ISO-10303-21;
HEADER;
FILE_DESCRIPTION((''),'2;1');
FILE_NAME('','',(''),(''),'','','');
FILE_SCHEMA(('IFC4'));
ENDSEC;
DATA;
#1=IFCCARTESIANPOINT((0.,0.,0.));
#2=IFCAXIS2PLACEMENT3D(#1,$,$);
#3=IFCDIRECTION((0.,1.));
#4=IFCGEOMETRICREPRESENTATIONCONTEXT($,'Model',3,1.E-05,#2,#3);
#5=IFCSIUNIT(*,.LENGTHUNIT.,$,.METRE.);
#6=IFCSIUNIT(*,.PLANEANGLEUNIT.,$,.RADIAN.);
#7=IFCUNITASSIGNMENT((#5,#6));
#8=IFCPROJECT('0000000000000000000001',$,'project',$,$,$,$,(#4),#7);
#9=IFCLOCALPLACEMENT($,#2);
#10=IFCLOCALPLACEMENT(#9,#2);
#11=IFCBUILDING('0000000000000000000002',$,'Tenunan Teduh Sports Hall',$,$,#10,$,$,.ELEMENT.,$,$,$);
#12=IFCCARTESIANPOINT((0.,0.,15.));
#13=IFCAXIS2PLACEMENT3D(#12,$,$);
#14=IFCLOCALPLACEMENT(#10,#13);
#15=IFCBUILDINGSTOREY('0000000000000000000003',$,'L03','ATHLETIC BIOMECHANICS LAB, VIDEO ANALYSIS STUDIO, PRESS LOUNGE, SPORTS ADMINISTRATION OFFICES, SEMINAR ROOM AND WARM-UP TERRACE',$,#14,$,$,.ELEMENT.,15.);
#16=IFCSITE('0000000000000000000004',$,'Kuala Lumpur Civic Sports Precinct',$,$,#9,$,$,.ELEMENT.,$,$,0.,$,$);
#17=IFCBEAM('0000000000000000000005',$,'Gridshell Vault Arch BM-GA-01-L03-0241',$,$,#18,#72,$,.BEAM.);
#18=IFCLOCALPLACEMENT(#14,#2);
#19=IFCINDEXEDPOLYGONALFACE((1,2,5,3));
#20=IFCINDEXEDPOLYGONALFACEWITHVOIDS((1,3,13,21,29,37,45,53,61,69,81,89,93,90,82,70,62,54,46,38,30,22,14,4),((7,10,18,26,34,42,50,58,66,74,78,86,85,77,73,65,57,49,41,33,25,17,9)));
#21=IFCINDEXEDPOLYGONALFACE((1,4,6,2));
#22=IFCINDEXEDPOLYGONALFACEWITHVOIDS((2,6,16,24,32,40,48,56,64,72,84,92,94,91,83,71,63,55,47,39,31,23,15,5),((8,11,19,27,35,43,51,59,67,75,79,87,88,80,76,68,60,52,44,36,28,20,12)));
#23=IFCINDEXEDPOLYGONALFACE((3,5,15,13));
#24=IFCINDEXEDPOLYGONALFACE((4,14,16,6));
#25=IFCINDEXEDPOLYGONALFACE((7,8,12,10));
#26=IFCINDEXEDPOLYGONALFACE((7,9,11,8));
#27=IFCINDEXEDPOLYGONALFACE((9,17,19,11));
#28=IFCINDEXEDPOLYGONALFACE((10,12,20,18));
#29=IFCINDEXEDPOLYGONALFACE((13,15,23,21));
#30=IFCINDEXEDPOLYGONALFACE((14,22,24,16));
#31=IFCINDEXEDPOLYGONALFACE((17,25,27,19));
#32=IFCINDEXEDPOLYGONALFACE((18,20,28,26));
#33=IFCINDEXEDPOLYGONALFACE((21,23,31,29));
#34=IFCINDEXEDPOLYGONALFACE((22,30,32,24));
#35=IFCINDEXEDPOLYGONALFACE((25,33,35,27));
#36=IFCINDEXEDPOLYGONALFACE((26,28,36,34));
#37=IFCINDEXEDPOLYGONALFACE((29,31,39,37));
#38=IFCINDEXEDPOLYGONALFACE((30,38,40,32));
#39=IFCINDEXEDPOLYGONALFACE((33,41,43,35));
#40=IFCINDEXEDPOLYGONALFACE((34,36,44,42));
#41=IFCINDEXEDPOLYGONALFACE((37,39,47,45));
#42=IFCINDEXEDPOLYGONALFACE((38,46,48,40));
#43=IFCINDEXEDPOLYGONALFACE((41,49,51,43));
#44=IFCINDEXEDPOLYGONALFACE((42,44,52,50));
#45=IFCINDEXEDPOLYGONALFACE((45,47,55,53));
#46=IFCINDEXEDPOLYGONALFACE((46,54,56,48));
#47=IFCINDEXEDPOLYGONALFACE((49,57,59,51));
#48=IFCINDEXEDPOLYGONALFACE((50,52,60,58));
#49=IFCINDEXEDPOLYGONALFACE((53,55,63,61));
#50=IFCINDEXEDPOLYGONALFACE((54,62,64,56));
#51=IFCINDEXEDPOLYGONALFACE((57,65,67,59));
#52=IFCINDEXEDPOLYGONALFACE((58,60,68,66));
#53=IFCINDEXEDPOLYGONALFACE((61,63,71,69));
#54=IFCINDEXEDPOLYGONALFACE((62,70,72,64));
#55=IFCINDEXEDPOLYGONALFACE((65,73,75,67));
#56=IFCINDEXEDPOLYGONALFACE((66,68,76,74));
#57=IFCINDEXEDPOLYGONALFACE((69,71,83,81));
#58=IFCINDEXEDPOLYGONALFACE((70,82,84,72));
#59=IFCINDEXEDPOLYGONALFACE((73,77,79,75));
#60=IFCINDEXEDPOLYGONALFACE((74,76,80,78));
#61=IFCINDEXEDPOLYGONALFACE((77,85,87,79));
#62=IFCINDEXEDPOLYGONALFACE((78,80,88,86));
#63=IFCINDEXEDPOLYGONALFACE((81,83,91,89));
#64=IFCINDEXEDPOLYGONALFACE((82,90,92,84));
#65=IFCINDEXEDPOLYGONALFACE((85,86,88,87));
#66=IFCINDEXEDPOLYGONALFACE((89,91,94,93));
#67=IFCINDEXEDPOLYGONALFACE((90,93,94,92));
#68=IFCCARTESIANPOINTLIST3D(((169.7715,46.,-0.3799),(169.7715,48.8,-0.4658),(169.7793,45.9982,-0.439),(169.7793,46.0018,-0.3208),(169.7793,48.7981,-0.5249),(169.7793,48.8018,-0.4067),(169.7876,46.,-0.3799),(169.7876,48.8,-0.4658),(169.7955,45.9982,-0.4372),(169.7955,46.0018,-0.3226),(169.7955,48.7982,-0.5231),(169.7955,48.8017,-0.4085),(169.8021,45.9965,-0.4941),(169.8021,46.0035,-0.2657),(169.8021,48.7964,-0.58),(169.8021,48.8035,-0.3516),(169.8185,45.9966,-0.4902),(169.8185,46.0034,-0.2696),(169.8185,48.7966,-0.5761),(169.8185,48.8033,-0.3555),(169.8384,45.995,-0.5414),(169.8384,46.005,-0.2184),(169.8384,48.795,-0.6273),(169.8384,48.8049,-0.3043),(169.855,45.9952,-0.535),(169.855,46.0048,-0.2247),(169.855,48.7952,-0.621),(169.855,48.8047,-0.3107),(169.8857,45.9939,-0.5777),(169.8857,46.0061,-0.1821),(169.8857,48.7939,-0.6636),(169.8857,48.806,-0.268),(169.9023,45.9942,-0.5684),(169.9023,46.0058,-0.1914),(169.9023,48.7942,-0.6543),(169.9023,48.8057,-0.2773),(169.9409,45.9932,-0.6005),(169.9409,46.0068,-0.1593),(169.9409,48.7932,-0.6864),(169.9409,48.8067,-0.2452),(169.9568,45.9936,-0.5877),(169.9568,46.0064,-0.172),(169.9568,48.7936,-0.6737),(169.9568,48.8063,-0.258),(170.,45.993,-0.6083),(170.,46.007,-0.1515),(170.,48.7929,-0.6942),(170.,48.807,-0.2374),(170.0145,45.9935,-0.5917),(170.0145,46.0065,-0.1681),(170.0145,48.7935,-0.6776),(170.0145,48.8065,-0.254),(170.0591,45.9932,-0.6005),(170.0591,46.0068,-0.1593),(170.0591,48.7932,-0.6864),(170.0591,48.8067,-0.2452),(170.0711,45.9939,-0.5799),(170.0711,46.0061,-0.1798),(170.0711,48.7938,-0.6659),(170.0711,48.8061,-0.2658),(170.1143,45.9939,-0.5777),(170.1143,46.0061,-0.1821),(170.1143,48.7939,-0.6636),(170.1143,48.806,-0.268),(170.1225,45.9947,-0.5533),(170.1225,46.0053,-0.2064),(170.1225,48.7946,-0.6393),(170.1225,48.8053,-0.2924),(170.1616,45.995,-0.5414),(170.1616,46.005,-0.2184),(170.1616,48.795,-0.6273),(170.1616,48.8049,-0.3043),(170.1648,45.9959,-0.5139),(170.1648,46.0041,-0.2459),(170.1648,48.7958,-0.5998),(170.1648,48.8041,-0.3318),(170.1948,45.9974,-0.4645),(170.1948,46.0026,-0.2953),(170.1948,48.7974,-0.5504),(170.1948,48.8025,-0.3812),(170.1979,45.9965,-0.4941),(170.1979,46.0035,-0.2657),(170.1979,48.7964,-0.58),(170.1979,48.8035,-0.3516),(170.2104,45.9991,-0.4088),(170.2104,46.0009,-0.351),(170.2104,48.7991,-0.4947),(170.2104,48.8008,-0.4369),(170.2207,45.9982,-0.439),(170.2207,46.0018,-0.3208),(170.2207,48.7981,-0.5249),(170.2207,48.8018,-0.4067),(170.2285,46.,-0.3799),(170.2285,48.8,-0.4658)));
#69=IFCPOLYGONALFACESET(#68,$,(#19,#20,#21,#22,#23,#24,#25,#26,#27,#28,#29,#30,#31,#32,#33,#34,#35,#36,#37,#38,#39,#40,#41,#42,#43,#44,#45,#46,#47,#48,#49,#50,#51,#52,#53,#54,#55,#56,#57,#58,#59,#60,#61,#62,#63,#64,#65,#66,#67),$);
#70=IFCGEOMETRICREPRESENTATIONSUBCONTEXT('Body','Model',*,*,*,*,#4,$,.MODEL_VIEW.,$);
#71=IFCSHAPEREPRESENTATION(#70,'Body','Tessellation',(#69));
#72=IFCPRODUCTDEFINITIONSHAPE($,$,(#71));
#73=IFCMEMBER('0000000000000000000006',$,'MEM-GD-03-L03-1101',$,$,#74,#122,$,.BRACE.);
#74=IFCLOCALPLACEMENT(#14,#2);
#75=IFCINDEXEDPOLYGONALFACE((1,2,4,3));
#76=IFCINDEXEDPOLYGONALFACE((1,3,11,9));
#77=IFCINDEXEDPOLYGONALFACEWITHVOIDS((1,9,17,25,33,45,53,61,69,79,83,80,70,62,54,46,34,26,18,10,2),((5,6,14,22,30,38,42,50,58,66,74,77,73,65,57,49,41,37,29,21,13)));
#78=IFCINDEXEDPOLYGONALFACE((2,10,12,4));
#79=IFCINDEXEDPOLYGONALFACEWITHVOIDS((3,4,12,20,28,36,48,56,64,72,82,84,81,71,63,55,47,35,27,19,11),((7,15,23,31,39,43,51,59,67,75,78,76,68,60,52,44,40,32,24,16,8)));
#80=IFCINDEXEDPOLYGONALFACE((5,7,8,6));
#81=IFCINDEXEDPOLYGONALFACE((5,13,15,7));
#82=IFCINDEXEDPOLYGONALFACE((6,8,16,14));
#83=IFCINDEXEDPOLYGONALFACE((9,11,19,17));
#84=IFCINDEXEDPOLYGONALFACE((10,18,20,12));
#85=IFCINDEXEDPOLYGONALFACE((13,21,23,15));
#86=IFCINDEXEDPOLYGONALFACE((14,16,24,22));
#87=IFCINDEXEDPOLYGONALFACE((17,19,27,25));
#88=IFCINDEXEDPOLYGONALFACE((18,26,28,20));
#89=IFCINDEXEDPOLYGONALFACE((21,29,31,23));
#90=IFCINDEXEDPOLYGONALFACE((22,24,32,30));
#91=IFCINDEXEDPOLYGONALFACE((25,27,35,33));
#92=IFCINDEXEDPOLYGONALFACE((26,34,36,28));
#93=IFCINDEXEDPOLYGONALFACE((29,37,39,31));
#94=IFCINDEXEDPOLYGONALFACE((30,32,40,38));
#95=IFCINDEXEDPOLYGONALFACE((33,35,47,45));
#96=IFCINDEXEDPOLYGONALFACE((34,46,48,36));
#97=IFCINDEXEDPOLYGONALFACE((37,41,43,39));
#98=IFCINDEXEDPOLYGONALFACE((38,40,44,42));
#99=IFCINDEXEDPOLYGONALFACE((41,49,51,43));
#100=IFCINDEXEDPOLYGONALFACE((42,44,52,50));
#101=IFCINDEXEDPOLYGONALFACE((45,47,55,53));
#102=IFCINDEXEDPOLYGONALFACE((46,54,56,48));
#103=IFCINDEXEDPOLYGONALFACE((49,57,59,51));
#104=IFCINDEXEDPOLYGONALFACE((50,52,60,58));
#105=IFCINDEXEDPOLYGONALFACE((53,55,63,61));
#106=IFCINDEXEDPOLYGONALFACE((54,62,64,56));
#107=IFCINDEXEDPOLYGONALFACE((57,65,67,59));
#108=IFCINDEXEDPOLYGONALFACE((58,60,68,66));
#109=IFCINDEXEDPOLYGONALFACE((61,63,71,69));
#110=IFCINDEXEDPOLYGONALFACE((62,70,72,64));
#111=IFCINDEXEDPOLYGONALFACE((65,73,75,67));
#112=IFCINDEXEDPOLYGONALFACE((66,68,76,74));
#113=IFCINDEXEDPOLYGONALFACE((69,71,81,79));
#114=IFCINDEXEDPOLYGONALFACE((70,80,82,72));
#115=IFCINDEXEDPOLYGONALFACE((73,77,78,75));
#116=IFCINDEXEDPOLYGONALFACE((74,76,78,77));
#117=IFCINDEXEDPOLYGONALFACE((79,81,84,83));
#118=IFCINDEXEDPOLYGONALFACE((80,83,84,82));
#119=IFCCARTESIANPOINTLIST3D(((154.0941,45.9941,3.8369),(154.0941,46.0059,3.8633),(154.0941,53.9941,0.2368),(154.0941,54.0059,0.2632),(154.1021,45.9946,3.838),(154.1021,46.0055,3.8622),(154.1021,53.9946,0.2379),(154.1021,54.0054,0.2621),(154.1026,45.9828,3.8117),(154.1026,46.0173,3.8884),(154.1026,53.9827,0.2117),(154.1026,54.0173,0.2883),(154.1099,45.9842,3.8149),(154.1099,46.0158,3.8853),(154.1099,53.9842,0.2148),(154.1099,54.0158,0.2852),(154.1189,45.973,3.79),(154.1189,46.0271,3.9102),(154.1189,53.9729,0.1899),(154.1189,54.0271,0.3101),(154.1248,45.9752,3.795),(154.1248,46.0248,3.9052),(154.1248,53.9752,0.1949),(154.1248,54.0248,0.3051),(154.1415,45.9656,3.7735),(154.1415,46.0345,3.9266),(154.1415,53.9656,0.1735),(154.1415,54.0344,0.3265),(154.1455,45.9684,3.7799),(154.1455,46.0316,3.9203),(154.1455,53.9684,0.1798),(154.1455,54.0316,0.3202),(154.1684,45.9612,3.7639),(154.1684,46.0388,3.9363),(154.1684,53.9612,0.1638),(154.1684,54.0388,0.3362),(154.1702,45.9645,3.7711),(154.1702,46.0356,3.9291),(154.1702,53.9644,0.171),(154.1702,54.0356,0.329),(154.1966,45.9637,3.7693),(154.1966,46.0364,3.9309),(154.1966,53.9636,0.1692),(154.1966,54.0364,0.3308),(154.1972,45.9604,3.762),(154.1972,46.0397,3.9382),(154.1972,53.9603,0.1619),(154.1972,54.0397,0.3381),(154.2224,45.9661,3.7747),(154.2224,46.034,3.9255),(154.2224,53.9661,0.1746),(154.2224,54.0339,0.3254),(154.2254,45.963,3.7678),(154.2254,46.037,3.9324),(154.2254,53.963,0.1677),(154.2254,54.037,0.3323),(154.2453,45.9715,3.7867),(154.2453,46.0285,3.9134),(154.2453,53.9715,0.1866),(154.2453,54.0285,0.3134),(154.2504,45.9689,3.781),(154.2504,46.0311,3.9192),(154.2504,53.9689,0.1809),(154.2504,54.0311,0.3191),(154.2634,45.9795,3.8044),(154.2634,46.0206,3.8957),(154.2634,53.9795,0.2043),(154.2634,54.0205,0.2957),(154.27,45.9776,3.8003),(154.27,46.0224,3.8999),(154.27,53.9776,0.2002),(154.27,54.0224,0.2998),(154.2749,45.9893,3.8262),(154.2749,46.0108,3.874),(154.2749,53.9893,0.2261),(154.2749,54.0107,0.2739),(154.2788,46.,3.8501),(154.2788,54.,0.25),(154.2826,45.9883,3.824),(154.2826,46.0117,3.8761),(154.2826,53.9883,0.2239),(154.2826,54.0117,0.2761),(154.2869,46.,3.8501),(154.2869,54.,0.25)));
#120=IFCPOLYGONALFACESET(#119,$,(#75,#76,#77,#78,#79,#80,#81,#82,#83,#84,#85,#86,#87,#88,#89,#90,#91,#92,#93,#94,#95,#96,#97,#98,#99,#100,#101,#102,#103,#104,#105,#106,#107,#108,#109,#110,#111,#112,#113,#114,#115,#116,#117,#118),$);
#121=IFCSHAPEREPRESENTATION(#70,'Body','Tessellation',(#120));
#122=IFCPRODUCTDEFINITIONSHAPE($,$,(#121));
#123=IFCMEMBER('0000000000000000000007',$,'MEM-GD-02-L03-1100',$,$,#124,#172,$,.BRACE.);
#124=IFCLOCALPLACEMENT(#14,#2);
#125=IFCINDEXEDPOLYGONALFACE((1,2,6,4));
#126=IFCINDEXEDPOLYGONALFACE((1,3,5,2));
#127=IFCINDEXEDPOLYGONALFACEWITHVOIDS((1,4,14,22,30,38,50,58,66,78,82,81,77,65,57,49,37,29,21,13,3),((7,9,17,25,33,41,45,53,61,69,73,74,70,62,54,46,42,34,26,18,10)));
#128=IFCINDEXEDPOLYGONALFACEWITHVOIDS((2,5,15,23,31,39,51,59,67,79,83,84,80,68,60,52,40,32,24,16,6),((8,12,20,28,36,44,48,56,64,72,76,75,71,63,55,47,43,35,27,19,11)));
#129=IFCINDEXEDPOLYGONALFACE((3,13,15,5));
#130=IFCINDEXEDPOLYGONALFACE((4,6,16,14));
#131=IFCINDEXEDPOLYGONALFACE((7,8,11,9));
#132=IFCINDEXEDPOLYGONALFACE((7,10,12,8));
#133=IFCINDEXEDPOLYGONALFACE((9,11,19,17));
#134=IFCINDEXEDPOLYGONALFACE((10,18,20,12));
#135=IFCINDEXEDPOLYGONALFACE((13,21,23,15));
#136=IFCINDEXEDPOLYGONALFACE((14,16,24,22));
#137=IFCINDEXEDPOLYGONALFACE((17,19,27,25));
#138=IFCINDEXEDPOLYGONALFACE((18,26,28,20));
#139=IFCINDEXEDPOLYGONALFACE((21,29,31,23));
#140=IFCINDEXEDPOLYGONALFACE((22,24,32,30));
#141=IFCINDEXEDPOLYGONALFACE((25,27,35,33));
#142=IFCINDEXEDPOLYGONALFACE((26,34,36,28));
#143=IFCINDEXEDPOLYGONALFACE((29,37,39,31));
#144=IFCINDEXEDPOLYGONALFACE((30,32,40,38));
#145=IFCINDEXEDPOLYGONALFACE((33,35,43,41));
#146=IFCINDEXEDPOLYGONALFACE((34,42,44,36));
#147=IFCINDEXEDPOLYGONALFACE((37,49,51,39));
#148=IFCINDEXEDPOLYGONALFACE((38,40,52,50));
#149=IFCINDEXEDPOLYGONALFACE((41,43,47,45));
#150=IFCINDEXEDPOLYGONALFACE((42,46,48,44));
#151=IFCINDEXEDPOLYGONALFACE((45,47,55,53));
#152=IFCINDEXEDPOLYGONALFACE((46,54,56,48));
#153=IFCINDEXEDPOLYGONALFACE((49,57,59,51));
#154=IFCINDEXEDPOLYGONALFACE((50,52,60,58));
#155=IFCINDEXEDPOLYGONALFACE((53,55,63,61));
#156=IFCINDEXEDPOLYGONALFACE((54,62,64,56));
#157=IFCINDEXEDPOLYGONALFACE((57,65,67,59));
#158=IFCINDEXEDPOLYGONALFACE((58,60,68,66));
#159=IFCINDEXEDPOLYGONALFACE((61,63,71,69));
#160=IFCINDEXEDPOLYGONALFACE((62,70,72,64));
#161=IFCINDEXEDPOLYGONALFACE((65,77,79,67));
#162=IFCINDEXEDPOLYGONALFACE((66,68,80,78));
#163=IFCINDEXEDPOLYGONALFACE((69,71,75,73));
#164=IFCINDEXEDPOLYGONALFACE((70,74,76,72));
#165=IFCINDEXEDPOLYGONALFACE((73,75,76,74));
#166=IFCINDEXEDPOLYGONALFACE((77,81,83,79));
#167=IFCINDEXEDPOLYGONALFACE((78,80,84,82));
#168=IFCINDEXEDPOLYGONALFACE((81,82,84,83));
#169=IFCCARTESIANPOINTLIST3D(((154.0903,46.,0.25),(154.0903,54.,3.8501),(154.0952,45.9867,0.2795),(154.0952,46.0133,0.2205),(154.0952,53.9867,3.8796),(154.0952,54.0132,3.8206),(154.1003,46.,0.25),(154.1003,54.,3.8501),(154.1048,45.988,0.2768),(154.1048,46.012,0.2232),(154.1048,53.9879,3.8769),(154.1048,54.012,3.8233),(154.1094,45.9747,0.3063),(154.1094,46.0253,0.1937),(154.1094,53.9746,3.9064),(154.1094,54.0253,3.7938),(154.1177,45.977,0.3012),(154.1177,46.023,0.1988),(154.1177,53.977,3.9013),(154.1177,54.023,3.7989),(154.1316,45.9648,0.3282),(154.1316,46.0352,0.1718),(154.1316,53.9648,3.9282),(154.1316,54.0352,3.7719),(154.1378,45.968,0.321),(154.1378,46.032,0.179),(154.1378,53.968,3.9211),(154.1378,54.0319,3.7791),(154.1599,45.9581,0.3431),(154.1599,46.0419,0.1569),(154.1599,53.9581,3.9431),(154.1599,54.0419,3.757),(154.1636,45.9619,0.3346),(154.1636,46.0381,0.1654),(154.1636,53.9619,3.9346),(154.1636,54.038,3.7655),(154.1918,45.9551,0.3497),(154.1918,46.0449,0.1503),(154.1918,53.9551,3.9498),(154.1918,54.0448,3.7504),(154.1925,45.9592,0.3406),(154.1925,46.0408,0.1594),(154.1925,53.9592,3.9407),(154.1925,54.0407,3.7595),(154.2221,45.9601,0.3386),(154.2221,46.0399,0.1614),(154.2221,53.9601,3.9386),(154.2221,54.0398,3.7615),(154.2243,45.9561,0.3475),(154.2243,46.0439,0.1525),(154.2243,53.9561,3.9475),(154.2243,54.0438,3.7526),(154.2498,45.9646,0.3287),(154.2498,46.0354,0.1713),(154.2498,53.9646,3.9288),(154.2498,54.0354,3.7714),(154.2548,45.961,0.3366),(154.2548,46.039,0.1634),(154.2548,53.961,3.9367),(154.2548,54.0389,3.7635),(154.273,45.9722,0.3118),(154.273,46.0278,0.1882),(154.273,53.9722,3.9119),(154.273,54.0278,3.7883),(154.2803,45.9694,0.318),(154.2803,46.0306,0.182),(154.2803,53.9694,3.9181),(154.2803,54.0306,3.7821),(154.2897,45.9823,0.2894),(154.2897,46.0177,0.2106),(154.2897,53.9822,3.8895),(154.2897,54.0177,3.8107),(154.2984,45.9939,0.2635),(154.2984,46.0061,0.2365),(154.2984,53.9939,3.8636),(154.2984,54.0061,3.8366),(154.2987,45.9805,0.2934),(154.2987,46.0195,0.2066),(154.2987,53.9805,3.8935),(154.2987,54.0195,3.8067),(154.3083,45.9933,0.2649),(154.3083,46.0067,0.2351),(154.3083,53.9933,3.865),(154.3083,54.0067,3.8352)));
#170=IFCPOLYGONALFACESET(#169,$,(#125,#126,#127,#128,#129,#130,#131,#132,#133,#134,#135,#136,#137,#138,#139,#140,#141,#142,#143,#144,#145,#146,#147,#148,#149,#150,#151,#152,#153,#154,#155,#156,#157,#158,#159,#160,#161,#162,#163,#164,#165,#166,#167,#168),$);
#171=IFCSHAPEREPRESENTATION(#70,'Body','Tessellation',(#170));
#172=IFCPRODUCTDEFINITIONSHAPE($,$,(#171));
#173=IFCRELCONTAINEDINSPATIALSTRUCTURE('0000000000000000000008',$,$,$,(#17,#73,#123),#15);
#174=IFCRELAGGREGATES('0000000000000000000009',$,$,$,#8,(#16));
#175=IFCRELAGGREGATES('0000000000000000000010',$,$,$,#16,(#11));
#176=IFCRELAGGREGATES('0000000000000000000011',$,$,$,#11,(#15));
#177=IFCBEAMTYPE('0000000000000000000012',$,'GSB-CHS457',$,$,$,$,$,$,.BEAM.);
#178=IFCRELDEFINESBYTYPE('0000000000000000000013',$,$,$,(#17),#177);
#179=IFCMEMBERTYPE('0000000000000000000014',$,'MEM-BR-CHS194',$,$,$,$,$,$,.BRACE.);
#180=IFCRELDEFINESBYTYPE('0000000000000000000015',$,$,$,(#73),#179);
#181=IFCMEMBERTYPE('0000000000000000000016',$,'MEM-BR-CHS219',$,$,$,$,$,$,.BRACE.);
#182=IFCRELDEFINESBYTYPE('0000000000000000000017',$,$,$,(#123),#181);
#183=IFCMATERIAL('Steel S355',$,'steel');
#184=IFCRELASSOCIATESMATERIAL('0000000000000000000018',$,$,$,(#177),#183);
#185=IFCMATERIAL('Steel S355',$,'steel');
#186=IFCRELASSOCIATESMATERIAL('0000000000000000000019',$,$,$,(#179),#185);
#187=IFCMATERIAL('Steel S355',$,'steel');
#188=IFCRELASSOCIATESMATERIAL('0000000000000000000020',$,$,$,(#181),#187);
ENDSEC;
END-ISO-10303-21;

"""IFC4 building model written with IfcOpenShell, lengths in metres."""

from ifc_helpers import new_model, si_unit, direction, frame, origin, origin_2d, place, context, subcontext, project, spatial, hollow_circle, extrude, material, material_profile, profile_set, type_object, element, save


model = new_model("IFC4")

# Units and contexts
model_context = context("Model", 3, precision=1e-05, world=origin(), true_north=direction((0.0, 1.0)))
body_context = subcontext(model_context, "Body", "Model", "MODEL_VIEW")
ifc_project = project(units=[si_unit("LENGTHUNIT", "METRE"), si_unit("PLANEANGLEUNIT", "RADIAN")], contexts=[model_context])

# Site, building, storey
site_placement = place(None, origin())
site = spatial("IfcSite", under=ifc_project, at=site_placement, Name="Kuala Lumpur Civic Sports Precinct", CompositionType="ELEMENT", RefElevation=0.0)
building_placement = place(site_placement, origin())
building = spatial("IfcBuilding", under=site, at=building_placement, Name="Tenunan Teduh Sports Hall", CompositionType="ELEMENT")
storey_placement = place(building_placement, frame((0.0, 0.0, 15.0)))
storey = spatial("IfcBuildingStorey", under=building, at=storey_placement, Name="L03", Description="ATHLETIC BIOMECHANICS LAB, VIDEO ANALYSIS STUDIO, PRESS LOUNGE, SPORTS ADMINISTRATION OFFICES, SEMINAR ROOM AND WARM-UP TERRACE", CompositionType="ELEMENT", Elevation=15.0)

# Beam
ifc_material_1 = material(Name="Steel S355", Category="steel")
ifc_material_profile_1 = material_profile(ifc_material_1, hollow_circle(Radius=0.2285, WallThickness=0.0161, at=origin_2d()), Name="CHS 457.0x16.0")
ifc_profile_set_1 = profile_set([ifc_material_profile_1], Name="Steel S355")
beam_type_1 = type_object("IfcBeamType", Name="GSB-CHS457", PredefinedType="BEAM", material=ifc_profile_set_1)
beam_1_placement = place(storey_placement, frame((170.0, 46.0, -0.3799), z_axis=(0.0, 0.999529, -0.030677), x_axis=(-1.0, 0.0, 0.0)))
element("IfcBeam", 1, at=beam_1_placement, inside=storey, type_object=beam_type_1, Name="Gridshell Vault Arch BM-GA-01-L03-0241", PredefinedType="BEAM", context=body_context, shape_type="SweptSolid", body=[
    extrude(hollow_circle(Radius=0.2285, WallThickness=0.0161, at=origin_2d()), origin(), (0.0, 0.0, 1.0), 2.8013),
])

# Members
ifc_material_2 = material(Name="Steel S355", Category="steel")
ifc_material_profile_2 = material_profile(ifc_material_2, hollow_circle(Radius=0.0969, WallThickness=0.0081, at=origin_2d()), Name="CHS 193.7x8.0")
ifc_profile_set_2 = profile_set([ifc_material_profile_2], Name="Steel S355")
member_type_1 = type_object("IfcMemberType", Name="MEM-BR-CHS194", PredefinedType="BRACE", material=ifc_profile_set_2)
member_1_placement = place(storey_placement, frame((154.1899, 54.0, 0.25), z_axis=(0.0, -0.911917, 0.410374), x_axis=(1.0, 0.0, 0.0)))
element("IfcMember", 2, at=member_1_placement, inside=storey, type_object=member_type_1, Name="MEM-GD-03-L03-1101", PredefinedType="BRACE", context=body_context, shape_type="SweptSolid", body=[
    extrude(hollow_circle(Radius=0.0969, WallThickness=0.0081, at=origin_2d()), origin(), (0.0, 0.0, 1.0), 8.7727),
])
ifc_material_3 = material(Name="Steel S355", Category="steel")
ifc_material_profile_3 = material_profile(ifc_material_3, hollow_circle(Radius=0.1096, WallThickness=0.01, at=origin_2d()), Name="CHS 219.1x10.0")
ifc_profile_set_3 = profile_set([ifc_material_profile_3], Name="Steel S355")
member_type_2 = type_object("IfcMemberType", Name="MEM-BR-CHS219", PredefinedType="BRACE", material=ifc_profile_set_3)
for number, where, z_axis, x_axis, name in (
    (3, (154.2, 46.0, 0.25), (0.0, 0.911917, 0.410374), (-1.0, 0.0, 0.0), "MEM-GD-02-L03-1100"),
):
    element("IfcMember", number, at=place(storey_placement, frame(where, z_axis=z_axis, x_axis=x_axis)), inside=storey, type_object=member_type_2, Name=name, PredefinedType="BRACE", context=body_context, shape_type="SweptSolid", body=[
        extrude(hollow_circle(Radius=0.1096, WallThickness=0.01, at=origin_2d()), origin(), (0.0, 0.0, 1.0), 8.7727),
    ])

save(model, "model.ifc")
